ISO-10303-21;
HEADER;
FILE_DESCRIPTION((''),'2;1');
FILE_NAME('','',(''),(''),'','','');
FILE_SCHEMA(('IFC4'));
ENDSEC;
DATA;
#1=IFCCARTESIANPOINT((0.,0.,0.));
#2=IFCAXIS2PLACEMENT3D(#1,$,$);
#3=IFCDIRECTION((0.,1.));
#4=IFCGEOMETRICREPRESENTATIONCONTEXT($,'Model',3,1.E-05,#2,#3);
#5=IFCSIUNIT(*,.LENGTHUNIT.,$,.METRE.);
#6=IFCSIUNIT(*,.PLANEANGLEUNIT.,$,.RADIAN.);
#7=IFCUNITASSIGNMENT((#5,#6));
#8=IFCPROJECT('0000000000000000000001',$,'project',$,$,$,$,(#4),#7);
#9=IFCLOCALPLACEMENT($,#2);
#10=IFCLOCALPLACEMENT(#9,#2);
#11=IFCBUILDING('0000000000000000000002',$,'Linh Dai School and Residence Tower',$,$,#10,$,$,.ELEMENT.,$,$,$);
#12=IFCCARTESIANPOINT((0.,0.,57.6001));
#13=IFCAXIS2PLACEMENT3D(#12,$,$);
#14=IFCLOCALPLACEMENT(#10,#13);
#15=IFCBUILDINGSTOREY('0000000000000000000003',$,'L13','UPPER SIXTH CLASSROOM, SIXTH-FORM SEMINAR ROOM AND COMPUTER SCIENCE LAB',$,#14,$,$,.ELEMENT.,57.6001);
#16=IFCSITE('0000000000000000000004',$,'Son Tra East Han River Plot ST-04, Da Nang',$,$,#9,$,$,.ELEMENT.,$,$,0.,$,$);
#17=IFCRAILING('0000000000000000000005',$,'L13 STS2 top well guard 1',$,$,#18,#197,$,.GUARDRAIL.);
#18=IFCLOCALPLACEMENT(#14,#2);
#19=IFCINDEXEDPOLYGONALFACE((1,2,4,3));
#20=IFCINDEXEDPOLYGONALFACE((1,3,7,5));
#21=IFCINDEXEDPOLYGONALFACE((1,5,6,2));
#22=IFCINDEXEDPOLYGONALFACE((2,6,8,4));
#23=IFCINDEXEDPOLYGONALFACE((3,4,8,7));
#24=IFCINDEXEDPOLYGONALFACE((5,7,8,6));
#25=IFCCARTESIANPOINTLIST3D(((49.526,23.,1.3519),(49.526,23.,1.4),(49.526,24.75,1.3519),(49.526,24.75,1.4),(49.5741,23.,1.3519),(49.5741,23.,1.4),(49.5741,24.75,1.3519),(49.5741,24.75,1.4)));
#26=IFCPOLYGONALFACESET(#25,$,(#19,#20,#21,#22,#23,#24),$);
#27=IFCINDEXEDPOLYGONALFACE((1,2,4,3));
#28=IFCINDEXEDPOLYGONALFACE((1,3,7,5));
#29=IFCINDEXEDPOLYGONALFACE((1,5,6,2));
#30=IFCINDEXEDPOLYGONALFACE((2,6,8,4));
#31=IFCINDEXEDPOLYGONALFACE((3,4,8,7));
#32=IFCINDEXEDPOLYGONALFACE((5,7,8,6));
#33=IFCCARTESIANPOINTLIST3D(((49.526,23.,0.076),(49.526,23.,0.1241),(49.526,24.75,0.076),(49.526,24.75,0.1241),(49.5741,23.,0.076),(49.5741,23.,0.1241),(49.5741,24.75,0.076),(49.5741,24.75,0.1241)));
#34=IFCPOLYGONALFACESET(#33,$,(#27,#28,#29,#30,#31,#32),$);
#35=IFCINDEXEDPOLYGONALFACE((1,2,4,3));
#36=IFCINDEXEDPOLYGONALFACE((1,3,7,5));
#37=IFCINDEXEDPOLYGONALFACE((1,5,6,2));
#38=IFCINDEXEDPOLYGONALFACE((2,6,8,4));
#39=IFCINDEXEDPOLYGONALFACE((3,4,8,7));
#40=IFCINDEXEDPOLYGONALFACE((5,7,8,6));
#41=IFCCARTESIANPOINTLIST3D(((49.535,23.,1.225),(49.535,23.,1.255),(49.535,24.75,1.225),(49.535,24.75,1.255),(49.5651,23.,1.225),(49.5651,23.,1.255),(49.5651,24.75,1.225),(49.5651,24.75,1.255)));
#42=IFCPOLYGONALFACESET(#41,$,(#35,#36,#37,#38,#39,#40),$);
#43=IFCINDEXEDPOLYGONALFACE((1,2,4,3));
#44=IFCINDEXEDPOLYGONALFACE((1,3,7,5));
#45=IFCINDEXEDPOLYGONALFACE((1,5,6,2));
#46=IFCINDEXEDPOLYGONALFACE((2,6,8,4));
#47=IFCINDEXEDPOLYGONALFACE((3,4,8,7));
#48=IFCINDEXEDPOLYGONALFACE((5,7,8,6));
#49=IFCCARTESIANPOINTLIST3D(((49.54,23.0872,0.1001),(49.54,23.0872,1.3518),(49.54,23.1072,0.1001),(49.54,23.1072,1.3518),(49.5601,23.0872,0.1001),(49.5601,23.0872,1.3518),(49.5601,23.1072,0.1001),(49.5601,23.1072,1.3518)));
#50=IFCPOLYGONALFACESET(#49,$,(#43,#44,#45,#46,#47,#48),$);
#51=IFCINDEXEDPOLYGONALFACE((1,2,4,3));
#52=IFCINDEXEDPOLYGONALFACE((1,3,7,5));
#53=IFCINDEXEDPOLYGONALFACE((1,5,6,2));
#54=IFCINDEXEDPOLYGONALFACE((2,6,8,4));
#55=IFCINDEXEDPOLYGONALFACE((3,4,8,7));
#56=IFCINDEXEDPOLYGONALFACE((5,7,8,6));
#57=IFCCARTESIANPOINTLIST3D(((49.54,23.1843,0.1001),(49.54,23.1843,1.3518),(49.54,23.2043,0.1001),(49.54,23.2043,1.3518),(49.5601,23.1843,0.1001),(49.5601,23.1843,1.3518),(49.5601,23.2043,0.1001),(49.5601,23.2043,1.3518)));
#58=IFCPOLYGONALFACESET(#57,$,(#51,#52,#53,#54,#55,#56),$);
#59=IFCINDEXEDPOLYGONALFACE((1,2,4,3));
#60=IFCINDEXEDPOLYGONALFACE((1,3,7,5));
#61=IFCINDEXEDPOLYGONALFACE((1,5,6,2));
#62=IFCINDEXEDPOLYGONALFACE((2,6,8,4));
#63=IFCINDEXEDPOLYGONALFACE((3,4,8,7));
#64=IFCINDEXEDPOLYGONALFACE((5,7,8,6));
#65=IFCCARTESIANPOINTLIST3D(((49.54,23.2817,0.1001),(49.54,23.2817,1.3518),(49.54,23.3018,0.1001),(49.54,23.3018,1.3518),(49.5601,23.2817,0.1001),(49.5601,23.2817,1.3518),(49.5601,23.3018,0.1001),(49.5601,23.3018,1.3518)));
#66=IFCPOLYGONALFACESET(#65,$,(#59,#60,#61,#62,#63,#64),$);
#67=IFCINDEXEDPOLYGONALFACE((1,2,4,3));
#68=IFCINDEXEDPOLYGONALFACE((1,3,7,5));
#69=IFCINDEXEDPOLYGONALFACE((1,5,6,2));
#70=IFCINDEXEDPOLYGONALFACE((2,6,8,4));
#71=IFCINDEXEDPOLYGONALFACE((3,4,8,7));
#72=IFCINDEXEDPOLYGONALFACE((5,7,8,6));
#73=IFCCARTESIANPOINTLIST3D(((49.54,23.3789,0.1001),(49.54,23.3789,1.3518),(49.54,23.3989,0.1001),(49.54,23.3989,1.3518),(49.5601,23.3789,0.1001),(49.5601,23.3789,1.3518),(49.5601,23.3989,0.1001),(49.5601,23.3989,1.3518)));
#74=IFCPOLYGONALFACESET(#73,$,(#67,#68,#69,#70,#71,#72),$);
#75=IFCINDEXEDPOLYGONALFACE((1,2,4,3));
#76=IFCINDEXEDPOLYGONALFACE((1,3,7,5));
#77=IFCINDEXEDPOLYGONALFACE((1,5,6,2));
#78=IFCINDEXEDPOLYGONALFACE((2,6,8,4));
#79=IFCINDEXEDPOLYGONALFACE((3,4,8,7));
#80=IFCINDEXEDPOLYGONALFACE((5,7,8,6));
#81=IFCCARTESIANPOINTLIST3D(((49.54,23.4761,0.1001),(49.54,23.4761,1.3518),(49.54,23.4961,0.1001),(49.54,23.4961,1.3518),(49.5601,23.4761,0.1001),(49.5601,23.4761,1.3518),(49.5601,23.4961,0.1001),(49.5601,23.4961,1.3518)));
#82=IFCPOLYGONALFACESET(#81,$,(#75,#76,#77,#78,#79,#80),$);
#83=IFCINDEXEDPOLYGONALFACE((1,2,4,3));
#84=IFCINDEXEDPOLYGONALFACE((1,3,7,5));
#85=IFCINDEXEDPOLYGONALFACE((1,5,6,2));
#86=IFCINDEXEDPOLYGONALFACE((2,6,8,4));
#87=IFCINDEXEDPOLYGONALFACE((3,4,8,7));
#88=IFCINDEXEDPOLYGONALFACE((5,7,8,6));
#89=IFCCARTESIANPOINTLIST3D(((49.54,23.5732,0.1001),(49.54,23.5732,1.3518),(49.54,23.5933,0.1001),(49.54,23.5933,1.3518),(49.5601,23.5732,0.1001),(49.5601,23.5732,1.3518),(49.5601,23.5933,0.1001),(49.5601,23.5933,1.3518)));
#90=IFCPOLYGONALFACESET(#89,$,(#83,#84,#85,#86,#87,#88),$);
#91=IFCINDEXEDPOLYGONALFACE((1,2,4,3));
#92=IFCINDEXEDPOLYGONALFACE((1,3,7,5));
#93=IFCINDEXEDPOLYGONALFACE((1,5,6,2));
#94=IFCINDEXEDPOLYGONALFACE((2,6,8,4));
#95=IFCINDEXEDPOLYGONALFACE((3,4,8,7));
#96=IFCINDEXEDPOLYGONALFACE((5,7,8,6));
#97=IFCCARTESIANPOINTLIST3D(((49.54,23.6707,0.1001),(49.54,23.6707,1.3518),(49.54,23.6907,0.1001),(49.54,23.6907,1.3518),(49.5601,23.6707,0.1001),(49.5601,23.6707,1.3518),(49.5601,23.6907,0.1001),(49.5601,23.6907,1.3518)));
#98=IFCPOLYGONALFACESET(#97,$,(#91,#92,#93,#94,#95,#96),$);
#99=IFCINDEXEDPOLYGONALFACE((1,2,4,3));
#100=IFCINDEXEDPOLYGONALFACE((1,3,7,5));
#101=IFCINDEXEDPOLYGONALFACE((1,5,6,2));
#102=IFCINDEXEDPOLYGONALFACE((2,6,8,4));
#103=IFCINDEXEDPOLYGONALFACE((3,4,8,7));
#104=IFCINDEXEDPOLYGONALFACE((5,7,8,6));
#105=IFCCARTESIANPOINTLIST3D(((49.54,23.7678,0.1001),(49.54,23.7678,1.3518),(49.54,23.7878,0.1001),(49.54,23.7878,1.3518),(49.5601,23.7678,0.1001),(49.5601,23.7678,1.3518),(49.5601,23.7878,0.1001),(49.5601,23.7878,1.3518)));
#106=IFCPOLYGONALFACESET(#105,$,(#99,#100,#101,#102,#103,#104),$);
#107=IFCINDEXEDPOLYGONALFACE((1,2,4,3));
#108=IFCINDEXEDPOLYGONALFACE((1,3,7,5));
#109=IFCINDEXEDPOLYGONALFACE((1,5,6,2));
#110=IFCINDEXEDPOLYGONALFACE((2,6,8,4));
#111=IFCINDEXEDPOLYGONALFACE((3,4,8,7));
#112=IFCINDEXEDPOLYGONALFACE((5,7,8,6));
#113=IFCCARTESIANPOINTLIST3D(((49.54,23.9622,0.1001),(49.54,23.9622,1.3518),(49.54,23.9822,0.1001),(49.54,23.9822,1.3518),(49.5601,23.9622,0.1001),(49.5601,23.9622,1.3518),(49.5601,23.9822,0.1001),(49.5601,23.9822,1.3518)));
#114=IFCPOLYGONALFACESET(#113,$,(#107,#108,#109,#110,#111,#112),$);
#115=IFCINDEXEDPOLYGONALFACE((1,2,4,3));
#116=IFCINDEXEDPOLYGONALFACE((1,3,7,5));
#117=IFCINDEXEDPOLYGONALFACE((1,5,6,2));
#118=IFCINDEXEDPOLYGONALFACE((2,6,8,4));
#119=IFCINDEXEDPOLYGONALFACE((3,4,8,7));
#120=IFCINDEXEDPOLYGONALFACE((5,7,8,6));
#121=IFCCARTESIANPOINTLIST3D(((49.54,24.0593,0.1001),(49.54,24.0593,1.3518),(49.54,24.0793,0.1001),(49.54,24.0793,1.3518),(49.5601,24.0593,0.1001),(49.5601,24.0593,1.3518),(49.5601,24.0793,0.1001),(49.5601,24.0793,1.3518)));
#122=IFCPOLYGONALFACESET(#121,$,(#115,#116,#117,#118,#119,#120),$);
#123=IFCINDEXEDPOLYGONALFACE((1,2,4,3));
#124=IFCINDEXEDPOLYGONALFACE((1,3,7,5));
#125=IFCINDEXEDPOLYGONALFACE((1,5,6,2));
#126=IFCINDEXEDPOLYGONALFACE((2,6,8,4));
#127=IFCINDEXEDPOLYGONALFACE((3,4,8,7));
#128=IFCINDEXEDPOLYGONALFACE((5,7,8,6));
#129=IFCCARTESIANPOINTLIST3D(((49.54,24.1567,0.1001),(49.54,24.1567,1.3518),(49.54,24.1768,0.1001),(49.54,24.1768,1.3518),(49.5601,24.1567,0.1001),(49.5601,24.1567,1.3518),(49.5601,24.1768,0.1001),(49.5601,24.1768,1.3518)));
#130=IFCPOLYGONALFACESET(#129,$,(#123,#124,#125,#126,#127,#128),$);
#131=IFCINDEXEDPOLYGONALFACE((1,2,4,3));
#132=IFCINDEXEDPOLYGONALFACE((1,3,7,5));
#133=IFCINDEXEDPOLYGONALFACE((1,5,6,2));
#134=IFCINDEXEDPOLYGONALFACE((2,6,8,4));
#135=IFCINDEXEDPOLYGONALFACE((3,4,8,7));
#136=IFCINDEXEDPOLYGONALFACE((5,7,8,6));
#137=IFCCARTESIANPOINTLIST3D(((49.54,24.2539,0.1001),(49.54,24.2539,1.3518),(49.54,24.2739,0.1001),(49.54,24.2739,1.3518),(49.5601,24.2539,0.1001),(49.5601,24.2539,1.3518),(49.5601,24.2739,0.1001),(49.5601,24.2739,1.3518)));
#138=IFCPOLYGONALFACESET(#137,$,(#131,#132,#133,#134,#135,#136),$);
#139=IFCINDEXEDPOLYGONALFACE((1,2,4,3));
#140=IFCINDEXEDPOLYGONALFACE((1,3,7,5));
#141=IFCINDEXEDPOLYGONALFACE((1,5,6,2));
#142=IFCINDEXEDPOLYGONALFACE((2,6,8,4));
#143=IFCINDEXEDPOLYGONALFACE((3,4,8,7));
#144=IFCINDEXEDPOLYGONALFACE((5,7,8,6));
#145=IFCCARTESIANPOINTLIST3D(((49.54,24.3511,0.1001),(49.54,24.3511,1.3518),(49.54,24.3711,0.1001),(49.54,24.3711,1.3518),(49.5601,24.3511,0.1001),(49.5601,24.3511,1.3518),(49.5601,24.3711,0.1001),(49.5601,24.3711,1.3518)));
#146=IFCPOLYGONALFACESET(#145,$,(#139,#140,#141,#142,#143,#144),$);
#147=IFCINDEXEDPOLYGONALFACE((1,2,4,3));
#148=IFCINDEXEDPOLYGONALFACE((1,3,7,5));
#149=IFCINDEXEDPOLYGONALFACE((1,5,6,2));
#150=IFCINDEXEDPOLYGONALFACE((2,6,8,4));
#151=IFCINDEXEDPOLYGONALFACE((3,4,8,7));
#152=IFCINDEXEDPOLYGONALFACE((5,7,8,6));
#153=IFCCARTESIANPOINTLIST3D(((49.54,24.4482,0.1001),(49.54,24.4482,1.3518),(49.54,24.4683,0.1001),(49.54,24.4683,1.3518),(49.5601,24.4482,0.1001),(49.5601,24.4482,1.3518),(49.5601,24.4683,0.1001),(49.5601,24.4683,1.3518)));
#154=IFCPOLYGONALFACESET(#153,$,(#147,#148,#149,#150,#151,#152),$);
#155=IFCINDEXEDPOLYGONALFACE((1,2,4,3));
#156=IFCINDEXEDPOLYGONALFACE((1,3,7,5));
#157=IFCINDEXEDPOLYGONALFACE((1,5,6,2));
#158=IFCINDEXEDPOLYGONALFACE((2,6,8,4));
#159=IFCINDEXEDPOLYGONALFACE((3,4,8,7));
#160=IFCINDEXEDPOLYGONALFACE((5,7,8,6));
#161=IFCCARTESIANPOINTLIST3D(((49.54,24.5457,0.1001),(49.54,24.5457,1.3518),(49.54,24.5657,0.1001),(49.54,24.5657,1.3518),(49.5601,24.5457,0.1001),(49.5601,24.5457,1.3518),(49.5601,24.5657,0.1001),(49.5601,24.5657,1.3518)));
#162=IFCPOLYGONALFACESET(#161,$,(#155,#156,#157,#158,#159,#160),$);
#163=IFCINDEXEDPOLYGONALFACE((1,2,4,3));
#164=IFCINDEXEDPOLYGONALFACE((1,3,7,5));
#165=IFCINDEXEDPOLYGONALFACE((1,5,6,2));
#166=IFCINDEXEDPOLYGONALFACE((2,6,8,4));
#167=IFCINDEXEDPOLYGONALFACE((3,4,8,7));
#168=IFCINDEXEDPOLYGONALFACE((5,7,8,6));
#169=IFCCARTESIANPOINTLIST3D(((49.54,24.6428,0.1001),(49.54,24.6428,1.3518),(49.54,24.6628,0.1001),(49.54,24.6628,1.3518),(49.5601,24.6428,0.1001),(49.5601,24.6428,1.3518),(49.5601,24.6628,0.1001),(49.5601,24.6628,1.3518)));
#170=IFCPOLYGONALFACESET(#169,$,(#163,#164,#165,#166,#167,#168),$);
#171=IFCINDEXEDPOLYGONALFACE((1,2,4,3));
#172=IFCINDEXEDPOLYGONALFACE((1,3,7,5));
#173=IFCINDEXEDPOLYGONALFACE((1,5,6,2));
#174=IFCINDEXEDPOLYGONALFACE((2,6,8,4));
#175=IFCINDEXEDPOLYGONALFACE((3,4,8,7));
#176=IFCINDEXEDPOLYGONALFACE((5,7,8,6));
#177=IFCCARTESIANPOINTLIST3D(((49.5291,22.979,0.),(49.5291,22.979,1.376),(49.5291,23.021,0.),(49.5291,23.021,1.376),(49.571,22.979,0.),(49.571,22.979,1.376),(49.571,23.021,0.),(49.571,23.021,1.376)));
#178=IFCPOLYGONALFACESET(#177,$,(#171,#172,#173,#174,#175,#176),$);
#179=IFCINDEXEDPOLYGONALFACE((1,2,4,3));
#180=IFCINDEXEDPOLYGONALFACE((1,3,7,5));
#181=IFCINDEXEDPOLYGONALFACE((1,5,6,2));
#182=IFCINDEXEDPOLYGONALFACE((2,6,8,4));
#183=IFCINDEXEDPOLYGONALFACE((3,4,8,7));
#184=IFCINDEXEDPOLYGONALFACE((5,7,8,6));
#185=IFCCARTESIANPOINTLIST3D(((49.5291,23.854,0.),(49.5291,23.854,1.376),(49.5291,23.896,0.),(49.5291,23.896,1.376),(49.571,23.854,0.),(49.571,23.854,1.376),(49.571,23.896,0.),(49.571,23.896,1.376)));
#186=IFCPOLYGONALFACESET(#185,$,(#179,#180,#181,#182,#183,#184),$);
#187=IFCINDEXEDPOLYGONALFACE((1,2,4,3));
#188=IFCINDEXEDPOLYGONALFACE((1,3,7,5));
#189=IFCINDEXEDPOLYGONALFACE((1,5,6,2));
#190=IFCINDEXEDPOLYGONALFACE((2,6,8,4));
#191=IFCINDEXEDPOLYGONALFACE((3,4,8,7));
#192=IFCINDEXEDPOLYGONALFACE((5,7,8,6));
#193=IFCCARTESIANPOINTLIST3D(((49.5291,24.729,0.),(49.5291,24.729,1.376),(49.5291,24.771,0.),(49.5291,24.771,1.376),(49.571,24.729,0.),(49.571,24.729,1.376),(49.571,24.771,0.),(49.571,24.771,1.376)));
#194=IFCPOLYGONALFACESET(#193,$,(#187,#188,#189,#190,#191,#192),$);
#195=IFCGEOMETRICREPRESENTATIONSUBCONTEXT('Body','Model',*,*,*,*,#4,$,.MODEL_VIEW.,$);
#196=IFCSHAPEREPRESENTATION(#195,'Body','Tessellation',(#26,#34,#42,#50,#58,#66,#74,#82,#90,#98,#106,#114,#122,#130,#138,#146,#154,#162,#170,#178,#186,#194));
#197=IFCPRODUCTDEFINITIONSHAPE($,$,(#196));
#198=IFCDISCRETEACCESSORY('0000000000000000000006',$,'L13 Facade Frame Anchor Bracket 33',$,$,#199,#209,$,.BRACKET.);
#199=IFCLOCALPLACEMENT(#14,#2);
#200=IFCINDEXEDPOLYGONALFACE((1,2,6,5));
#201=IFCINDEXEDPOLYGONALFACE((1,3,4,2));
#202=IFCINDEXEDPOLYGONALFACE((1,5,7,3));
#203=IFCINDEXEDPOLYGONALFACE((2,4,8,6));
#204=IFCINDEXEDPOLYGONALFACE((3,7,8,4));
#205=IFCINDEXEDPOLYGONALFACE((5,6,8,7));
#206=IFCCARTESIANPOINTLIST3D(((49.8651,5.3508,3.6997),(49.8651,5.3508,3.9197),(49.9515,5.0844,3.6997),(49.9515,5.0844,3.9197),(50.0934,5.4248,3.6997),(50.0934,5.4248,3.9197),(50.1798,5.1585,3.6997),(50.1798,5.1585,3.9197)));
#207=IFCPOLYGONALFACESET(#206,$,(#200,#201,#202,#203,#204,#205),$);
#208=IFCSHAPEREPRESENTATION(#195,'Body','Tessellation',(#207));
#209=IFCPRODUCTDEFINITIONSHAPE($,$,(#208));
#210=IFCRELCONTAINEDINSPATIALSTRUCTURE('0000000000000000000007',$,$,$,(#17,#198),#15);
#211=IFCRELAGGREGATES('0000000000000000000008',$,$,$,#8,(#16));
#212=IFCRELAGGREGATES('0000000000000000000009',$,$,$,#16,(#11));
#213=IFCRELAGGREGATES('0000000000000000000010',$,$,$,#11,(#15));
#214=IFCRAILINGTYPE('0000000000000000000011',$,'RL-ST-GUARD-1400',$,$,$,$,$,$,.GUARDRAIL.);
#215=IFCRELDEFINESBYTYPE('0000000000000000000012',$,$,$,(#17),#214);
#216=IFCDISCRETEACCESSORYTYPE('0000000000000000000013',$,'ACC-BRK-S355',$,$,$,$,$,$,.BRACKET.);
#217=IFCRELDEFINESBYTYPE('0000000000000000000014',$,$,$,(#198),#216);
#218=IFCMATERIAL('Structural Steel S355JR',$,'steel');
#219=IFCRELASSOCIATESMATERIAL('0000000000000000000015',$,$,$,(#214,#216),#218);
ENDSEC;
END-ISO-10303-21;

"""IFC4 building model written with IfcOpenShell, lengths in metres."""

from ifc_helpers import new_model, si_unit, direction, frame, origin, origin_2d, place, context, subcontext, project, spatial, rectangle, extrude, source, transform, mapped, material, type_object, element, save


model = new_model("IFC4")

# Units and contexts
model_context = context("Model", 3, precision=1e-05, world=origin(), true_north=direction((0.0, 1.0)))
body_context = subcontext(model_context, "Body", "Model", "MODEL_VIEW")
ifc_project = project(units=[si_unit("LENGTHUNIT", "METRE"), si_unit("PLANEANGLEUNIT", "RADIAN")], contexts=[model_context])

# Site, building, storey
site_placement = place(None, origin())
site = spatial("IfcSite", under=ifc_project, at=site_placement, Name="Son Tra East Han River Plot ST-04, Da Nang", CompositionType="ELEMENT", RefElevation=0.0)
building_placement = place(site_placement, origin())
building = spatial("IfcBuilding", under=site, at=building_placement, Name="Linh Dai School and Residence Tower", CompositionType="ELEMENT")
storey_placement = place(building_placement, frame((0.0, 0.0, 57.6001)))
storey = spatial("IfcBuildingStorey", under=building, at=storey_placement, Name="L13", Description="UPPER SIXTH CLASSROOM, SIXTH-FORM SEMINAR ROOM AND COMPUTER SCIENCE LAB", CompositionType="ELEMENT", Elevation=57.6001)

# Railing
ifc_material_1 = material(Name="Structural Steel S355JR", Category="steel")
railing_type = type_object("IfcRailingType", Name="RL-ST-GUARD-1400", PredefinedType="GUARDRAIL", material=ifc_material_1)
shared_shape_1 = source(origin(), body_context, "Body", "SweptSolid", [
    extrude(rectangle(XDim=0.0481, YDim=0.0481, at=origin_2d()), frame((0.0, 0.0, 1.376), z_axis=(0.0, 1.0, 0.0), x_axis=(-1.0, 0.0, 0.0)), (0.0, 0.0, 1.0), 1.75),
    extrude(rectangle(XDim=0.0481, YDim=0.0481, at=origin_2d()), frame((0.0, 0.0, 0.1001), z_axis=(0.0, 1.0, 0.0), x_axis=(-1.0, 0.0, 0.0)), (0.0, 0.0, 1.0), 1.75),
    extrude(rectangle(XDim=0.03, YDim=0.03, at=origin_2d()), frame((0.0, 0.0, 1.24), z_axis=(0.0, 1.0, 0.0), x_axis=(-1.0, 0.0, 0.0)), (0.0, 0.0, 1.0), 1.75),
    extrude(rectangle(XDim=0.02, YDim=0.02, at=origin_2d()), frame((0.0, 0.0972, 0.1001)), (0.0, 0.0, 1.0), 1.2517),
    extrude(rectangle(XDim=0.02, YDim=0.02, at=origin_2d()), frame((0.0, 0.1943, 0.1001)), (0.0, 0.0, 1.0), 1.2517),
    extrude(rectangle(XDim=0.02, YDim=0.02, at=origin_2d()), frame((0.0, 0.2917, 0.1001)), (0.0, 0.0, 1.0), 1.2517),
    extrude(rectangle(XDim=0.02, YDim=0.02, at=origin_2d()), frame((0.0, 0.3889, 0.1001)), (0.0, 0.0, 1.0), 1.2517),
    extrude(rectangle(XDim=0.02, YDim=0.02, at=origin_2d()), frame((0.0, 0.4861, 0.1001)), (0.0, 0.0, 1.0), 1.2517),
    extrude(rectangle(XDim=0.02, YDim=0.02, at=origin_2d()), frame((0.0, 0.5833, 0.1001)), (0.0, 0.0, 1.0), 1.2517),
    extrude(rectangle(XDim=0.02, YDim=0.02, at=origin_2d()), frame((0.0, 0.6807, 0.1001)), (0.0, 0.0, 1.0), 1.2517),
    extrude(rectangle(XDim=0.02, YDim=0.02, at=origin_2d()), frame((0.0, 0.7778, 0.1001)), (0.0, 0.0, 1.0), 1.2517),
    extrude(rectangle(XDim=0.02, YDim=0.02, at=origin_2d()), frame((0.0, 0.9722, 0.1001)), (0.0, 0.0, 1.0), 1.2517),
    extrude(rectangle(XDim=0.02, YDim=0.02, at=origin_2d()), frame((0.0, 1.0693, 0.1001)), (0.0, 0.0, 1.0), 1.2517),
    extrude(rectangle(XDim=0.02, YDim=0.02, at=origin_2d()), frame((0.0, 1.1667, 0.1001)), (0.0, 0.0, 1.0), 1.2517),
    extrude(rectangle(XDim=0.02, YDim=0.02, at=origin_2d()), frame((0.0, 1.2639, 0.1001)), (0.0, 0.0, 1.0), 1.2517),
    extrude(rectangle(XDim=0.02, YDim=0.02, at=origin_2d()), frame((0.0, 1.3611, 0.1001)), (0.0, 0.0, 1.0), 1.2517),
    extrude(rectangle(XDim=0.02, YDim=0.02, at=origin_2d()), frame((0.0, 1.4583, 0.1001)), (0.0, 0.0, 1.0), 1.2517),
    extrude(rectangle(XDim=0.02, YDim=0.02, at=origin_2d()), frame((0.0, 1.5557, 0.1001)), (0.0, 0.0, 1.0), 1.2517),
    extrude(rectangle(XDim=0.02, YDim=0.02, at=origin_2d()), frame((0.0, 1.6528, 0.1001)), (0.0, 0.0, 1.0), 1.2517),
    extrude(rectangle(XDim=0.042, YDim=0.042, at=origin_2d()), origin(), (0.0, 0.0, 1.0), 1.376),
    extrude(rectangle(XDim=0.042, YDim=0.042, at=origin_2d()), frame((0.0, 0.875, 0.0)), (0.0, 0.0, 1.0), 1.376),
    extrude(rectangle(XDim=0.042, YDim=0.042, at=origin_2d()), frame((0.0, 1.75, 0.0)), (0.0, 0.0, 1.0), 1.376),
])
railing_1_placement = place(storey_placement, frame((49.55, 23.0, 0.0)))
element("IfcRailing", 1, at=railing_1_placement, inside=storey, type_object=railing_type, Name="L13 STS2 top well guard 1", PredefinedType="GUARDRAIL", context=body_context, shape_type="MappedRepresentation", body=[
    mapped(shared_shape_1, transform((0.0, 0.0, 0.0), x_axis=(1.0, 0.0, 0.0), y_axis=(0.0, 1.0, 0.0), z_axis=(0.0, 0.0, 1.0), scale=1.0)),
])

# Discrete accessory
discrete_accessory_type = type_object("IfcDiscreteAccessoryType", Name="ACC-BRK-S355", PredefinedType="BRACKET", material=ifc_material_1)
shared_shape_2 = source(origin(), body_context, "Body", "SweptSolid", [
    extrude(rectangle(XDim=0.28, YDim=0.24, at=origin_2d()), origin(), (0.0, 0.0, 1.0), 0.22),
])
discrete_accessory_placement = place(storey_placement, frame((50.0225, 5.2546, 3.6997), z_axis=(0.0, 0.0, 1.0), x_axis=(0.308511, -0.951221, 0.0)))
element("IfcDiscreteAccessory", 2, at=discrete_accessory_placement, inside=storey, type_object=discrete_accessory_type, Name="L13 Facade Frame Anchor Bracket 33", PredefinedType="BRACKET", context=body_context, shape_type="MappedRepresentation", body=[
    mapped(shared_shape_2, transform((0.0, 0.0, 0.0), x_axis=(1.0, 0.0, 0.0), y_axis=(0.0, 1.0, 0.0), z_axis=(0.0, 0.0, 1.0), scale=1.0)),
])

save(model, "model.ifc")
